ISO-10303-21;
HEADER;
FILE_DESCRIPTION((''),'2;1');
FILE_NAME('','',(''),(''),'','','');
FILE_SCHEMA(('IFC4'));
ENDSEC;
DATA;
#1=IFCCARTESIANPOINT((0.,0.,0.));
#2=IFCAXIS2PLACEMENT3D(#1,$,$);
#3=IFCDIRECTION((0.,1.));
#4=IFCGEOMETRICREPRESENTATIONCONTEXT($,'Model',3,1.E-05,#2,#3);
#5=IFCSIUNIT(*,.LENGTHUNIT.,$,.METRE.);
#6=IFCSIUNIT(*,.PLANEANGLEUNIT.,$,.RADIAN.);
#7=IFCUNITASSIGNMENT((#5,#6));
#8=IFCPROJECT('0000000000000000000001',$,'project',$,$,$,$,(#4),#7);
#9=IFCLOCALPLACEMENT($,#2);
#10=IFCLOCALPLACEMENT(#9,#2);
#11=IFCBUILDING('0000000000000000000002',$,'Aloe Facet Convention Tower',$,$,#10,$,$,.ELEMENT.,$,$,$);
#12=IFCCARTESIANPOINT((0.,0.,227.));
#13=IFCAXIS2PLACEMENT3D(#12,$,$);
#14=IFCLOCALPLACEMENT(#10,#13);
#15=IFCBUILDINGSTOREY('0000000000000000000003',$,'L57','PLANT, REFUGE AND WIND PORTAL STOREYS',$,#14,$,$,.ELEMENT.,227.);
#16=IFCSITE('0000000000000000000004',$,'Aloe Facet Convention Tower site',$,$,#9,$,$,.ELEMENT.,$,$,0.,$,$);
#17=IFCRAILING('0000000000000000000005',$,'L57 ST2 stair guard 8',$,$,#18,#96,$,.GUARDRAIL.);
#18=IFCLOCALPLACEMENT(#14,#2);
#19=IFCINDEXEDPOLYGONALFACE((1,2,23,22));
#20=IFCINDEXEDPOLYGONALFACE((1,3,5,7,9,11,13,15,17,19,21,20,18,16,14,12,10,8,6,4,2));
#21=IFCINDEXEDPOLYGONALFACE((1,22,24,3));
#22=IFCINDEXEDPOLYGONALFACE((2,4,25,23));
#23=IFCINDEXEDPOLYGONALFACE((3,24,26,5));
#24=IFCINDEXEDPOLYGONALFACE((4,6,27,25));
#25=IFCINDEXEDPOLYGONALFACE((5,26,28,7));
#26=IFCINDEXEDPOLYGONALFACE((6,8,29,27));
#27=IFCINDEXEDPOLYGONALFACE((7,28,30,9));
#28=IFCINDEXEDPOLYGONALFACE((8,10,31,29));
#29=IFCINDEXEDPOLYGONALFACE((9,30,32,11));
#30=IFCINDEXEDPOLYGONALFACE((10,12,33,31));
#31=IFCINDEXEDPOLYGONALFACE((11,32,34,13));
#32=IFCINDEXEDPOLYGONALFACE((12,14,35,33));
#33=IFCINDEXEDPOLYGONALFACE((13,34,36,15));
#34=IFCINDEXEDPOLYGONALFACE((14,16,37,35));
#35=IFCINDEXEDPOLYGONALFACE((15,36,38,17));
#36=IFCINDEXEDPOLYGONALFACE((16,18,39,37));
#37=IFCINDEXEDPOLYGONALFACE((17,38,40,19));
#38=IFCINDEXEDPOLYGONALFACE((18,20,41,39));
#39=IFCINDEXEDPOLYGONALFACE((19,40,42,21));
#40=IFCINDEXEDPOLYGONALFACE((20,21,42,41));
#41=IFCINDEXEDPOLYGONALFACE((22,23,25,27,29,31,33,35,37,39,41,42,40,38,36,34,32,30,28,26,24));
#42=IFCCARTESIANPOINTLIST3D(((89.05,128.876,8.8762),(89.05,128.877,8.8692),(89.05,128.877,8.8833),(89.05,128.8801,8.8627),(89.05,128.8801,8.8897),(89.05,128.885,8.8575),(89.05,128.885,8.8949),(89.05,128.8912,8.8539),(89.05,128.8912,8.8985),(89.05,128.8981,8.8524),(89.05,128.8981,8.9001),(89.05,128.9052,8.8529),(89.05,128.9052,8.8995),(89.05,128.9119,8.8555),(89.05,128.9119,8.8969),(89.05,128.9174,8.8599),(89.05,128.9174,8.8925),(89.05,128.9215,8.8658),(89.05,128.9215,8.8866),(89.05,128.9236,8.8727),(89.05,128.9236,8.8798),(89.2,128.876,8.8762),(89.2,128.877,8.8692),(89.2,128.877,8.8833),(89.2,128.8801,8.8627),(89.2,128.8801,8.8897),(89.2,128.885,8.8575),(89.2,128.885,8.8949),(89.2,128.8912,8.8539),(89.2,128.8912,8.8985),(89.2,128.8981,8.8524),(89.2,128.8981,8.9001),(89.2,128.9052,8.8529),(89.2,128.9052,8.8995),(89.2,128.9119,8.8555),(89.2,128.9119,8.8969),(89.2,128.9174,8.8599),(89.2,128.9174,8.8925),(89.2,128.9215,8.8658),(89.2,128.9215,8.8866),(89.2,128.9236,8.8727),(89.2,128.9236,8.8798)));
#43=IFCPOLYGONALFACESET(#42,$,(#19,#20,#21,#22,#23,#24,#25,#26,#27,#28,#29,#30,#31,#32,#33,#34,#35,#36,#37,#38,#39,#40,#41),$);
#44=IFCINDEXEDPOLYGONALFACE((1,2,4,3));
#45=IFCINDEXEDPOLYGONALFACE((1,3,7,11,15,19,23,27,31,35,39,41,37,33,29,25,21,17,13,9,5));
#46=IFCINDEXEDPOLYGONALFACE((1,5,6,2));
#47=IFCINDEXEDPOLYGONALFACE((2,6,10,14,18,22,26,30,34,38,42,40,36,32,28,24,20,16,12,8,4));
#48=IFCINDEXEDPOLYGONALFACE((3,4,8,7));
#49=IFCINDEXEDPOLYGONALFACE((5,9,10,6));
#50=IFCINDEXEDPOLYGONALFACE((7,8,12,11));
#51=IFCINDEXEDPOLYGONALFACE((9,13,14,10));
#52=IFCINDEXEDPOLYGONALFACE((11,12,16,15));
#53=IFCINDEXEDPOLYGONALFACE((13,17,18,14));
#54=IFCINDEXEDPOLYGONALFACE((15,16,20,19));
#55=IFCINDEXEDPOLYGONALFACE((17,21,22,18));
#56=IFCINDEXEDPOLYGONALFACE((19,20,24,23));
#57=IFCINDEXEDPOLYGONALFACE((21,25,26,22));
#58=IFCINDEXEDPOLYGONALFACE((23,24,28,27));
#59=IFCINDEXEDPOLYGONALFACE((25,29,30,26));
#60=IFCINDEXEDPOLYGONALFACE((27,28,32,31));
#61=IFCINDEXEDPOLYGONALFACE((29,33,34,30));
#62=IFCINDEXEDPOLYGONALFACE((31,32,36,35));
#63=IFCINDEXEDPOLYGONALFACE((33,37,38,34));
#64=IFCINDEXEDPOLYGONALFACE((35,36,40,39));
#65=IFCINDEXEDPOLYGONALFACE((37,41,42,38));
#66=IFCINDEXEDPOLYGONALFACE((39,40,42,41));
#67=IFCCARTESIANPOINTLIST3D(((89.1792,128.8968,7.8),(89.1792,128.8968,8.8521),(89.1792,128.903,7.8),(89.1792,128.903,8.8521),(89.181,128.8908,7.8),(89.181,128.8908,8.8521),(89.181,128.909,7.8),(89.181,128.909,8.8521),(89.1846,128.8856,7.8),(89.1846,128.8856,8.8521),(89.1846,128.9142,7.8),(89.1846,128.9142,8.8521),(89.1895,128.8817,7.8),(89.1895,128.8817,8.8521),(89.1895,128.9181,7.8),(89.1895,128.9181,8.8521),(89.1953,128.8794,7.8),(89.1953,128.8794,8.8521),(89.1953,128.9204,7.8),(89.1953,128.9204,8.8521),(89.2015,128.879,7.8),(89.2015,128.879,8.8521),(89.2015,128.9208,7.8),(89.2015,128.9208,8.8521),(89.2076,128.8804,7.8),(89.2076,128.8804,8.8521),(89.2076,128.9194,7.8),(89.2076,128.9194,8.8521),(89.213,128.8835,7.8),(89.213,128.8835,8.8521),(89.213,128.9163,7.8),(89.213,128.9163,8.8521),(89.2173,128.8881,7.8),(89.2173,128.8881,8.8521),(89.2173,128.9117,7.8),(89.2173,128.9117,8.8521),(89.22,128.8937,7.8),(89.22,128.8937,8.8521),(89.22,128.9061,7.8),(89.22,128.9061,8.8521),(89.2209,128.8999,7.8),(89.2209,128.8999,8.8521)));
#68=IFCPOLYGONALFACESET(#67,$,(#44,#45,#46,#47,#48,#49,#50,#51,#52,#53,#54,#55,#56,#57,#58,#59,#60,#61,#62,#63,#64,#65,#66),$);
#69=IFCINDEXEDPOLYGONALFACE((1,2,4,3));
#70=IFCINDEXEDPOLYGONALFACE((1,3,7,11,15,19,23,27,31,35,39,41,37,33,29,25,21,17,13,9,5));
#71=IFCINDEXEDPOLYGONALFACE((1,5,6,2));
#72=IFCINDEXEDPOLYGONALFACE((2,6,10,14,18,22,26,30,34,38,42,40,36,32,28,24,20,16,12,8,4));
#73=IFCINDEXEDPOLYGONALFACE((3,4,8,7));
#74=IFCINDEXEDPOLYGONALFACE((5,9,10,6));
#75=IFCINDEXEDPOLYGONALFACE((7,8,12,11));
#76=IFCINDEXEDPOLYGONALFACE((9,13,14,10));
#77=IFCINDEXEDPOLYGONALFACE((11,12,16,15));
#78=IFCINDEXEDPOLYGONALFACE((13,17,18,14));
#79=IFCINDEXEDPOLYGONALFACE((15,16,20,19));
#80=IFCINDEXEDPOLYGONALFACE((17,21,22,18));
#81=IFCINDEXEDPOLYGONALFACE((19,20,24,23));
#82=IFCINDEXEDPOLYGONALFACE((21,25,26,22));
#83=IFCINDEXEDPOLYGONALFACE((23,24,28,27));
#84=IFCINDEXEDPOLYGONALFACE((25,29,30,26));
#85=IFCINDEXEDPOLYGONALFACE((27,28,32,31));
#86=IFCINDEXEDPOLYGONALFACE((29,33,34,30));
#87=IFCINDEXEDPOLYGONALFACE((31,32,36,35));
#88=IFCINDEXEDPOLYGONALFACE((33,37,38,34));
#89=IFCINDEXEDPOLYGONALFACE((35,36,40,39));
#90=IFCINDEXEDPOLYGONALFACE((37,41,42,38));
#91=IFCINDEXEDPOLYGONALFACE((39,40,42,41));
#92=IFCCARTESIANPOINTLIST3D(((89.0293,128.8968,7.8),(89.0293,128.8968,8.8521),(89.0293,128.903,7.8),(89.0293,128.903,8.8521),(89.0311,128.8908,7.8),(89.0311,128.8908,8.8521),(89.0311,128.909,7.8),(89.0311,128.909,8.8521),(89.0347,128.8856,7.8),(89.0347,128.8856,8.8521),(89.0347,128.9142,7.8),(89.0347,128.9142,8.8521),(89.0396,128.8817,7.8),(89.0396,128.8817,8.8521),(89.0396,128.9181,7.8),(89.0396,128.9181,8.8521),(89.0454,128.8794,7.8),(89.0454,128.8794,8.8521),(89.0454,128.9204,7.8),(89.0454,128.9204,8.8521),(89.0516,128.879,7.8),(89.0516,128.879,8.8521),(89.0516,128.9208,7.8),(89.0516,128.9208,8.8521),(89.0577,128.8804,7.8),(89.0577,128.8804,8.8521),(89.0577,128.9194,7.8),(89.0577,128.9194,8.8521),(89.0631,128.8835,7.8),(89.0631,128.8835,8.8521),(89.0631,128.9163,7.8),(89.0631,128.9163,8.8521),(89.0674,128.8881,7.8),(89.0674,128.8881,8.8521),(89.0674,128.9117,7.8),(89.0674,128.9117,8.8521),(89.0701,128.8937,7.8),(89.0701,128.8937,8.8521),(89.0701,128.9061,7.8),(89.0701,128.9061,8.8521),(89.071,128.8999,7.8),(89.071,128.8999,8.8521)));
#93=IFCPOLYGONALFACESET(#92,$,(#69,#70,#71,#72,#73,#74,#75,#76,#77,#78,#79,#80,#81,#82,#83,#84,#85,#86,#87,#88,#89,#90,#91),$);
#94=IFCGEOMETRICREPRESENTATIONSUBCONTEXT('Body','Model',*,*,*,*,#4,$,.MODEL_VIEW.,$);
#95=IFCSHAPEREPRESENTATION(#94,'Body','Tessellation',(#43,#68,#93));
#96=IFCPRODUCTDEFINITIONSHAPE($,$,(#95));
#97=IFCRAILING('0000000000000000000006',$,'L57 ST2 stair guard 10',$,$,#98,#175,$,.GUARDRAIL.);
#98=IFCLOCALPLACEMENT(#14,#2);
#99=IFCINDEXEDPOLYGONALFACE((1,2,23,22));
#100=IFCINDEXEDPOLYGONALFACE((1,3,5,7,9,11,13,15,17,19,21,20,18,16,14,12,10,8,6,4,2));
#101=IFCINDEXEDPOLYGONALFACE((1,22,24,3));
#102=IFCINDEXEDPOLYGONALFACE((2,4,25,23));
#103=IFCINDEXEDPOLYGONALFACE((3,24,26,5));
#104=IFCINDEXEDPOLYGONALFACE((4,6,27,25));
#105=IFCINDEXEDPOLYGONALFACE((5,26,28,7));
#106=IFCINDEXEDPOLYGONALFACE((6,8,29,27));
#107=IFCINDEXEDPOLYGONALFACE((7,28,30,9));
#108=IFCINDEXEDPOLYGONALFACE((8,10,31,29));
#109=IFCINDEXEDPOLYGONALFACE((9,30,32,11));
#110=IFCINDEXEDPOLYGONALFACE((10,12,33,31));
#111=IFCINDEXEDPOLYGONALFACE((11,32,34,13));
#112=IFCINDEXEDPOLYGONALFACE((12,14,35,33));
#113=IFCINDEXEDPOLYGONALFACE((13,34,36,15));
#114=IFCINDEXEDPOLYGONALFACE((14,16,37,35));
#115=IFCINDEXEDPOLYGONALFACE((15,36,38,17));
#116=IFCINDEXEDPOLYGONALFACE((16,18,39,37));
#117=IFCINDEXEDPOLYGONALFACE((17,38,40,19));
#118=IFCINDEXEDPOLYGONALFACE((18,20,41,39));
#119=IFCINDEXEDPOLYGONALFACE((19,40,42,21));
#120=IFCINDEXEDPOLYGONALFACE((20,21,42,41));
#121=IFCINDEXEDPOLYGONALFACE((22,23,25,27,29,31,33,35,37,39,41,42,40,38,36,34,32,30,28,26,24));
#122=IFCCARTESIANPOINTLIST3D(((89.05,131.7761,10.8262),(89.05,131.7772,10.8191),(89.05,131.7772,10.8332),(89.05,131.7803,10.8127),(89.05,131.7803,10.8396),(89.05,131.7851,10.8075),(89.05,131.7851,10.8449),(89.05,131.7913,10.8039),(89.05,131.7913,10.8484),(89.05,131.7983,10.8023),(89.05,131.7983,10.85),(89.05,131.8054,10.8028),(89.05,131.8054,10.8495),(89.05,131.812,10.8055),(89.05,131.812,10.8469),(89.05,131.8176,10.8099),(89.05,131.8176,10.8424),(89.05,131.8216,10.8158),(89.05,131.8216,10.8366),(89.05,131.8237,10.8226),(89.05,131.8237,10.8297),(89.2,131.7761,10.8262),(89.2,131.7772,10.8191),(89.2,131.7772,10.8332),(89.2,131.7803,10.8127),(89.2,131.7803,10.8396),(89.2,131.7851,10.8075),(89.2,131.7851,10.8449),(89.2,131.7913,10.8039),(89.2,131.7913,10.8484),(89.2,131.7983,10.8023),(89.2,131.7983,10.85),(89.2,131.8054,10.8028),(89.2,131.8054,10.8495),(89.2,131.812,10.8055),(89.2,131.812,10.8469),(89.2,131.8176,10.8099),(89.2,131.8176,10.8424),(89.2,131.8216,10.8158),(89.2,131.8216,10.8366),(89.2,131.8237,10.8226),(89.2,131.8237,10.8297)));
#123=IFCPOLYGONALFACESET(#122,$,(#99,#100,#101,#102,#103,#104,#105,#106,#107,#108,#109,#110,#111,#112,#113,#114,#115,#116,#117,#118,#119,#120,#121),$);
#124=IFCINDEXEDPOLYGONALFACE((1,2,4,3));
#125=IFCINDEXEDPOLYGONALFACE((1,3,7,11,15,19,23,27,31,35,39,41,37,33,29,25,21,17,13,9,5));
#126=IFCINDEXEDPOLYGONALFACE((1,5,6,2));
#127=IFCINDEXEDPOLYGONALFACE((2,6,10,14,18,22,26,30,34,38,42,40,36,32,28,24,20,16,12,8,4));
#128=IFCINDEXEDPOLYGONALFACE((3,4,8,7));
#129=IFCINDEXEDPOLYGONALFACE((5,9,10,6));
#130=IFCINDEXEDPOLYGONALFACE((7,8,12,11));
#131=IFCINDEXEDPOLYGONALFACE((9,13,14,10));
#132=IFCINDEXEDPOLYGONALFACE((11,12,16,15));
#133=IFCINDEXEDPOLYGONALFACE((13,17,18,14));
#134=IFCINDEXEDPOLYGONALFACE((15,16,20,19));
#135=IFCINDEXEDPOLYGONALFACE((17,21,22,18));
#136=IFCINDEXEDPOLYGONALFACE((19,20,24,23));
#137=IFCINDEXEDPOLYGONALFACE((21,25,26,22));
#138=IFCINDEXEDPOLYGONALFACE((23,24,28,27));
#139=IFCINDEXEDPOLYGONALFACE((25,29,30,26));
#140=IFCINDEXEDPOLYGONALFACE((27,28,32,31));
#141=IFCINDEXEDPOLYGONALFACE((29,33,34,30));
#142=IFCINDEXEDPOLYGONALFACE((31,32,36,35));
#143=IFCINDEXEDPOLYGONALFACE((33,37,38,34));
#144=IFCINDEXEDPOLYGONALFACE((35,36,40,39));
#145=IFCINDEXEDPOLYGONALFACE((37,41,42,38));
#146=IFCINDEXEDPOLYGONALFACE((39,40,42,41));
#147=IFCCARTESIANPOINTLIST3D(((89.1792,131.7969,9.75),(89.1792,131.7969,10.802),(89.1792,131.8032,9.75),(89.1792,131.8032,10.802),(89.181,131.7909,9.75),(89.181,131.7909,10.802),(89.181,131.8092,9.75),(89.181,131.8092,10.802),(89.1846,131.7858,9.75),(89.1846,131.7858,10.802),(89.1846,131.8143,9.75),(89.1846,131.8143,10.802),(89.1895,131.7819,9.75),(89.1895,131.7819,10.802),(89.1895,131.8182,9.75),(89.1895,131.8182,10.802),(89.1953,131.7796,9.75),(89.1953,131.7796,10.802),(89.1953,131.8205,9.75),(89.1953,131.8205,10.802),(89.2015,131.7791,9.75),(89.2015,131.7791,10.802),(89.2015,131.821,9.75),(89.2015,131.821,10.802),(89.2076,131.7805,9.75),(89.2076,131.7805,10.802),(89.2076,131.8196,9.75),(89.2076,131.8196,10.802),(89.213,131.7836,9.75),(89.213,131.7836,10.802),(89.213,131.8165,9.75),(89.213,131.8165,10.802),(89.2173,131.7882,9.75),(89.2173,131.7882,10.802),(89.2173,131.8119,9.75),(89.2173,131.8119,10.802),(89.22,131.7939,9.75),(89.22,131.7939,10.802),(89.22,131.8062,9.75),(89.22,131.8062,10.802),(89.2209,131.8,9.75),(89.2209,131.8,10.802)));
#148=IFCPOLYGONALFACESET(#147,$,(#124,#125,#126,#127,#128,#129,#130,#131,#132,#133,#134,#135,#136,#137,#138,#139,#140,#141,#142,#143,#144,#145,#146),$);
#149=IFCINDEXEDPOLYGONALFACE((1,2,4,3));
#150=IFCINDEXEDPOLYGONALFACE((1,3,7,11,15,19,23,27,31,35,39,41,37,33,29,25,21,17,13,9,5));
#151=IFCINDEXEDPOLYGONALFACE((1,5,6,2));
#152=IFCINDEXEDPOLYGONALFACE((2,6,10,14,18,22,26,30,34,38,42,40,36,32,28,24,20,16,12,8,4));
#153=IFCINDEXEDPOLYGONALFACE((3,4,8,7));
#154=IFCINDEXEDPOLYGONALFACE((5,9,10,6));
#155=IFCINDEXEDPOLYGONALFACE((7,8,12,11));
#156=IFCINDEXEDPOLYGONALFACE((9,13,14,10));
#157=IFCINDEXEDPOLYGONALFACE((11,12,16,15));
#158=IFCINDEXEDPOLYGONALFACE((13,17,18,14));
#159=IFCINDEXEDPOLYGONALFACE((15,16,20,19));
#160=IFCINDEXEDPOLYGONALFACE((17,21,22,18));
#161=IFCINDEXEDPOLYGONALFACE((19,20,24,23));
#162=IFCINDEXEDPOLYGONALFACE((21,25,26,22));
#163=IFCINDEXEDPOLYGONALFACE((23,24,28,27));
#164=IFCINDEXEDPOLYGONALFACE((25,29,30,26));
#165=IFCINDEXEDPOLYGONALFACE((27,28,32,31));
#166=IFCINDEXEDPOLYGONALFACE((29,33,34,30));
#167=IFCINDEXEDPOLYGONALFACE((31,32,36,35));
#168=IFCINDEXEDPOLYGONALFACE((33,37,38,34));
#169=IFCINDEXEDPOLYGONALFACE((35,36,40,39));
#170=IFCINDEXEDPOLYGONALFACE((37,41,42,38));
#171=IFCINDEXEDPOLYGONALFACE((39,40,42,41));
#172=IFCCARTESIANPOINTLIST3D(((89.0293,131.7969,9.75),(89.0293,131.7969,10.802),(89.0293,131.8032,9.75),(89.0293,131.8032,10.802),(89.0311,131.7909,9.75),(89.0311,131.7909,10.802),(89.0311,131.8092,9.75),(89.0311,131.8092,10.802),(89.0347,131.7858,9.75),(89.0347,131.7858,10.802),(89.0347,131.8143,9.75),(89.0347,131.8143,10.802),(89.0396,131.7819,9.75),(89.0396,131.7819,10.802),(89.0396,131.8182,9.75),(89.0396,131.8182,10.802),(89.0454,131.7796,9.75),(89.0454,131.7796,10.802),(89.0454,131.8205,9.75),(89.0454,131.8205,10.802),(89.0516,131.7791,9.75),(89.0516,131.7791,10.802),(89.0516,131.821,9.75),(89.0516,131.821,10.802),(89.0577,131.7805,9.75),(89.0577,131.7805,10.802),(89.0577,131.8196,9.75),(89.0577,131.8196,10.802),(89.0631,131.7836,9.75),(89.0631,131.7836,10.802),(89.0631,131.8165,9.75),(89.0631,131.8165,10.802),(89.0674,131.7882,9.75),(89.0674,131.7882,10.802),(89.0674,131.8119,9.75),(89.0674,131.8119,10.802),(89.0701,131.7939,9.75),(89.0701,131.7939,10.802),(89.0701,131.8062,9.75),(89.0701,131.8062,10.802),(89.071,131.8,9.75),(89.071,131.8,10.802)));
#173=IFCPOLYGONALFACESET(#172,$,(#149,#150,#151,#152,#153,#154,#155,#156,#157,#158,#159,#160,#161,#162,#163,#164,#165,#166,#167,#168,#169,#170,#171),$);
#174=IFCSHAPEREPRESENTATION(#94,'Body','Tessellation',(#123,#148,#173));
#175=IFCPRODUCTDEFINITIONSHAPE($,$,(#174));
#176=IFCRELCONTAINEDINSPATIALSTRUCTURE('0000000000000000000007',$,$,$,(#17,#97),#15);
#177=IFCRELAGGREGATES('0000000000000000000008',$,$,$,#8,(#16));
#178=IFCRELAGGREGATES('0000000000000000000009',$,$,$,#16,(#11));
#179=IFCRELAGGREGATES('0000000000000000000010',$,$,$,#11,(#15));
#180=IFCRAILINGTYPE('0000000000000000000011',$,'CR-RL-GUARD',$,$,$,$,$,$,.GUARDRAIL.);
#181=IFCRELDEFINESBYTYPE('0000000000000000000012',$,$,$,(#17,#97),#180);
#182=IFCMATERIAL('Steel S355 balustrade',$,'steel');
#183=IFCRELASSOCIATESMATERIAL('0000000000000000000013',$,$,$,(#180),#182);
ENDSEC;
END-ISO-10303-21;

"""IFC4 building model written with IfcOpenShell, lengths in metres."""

from ifc_helpers import new_model, si_unit, direction, frame, origin, origin_2d, place, context, subcontext, project, spatial, circle, extrude, material, type_object, element, save


model = new_model("IFC4")

# Units and contexts
model_context = context("Model", 3, precision=1e-05, world=origin(), true_north=direction((0.0, 1.0)))
body_context = subcontext(model_context, "Body", "Model", "MODEL_VIEW")
ifc_project = project(units=[si_unit("LENGTHUNIT", "METRE"), si_unit("PLANEANGLEUNIT", "RADIAN")], contexts=[model_context])

# Site, building, storey
site_placement = place(None, origin())
site = spatial("IfcSite", under=ifc_project, at=site_placement, Name="Aloe Facet Convention Tower site", CompositionType="ELEMENT", RefElevation=0.0)
building_placement = place(site_placement, origin())
building = spatial("IfcBuilding", under=site, at=building_placement, Name="Aloe Facet Convention Tower", CompositionType="ELEMENT")
storey_placement = place(building_placement, frame((0.0, 0.0, 227.0)))
storey = spatial("IfcBuildingStorey", under=building, at=storey_placement, Name="L57", Description="PLANT, REFUGE AND WIND PORTAL STOREYS", CompositionType="ELEMENT", Elevation=227.0)

# Railings
ifc_material_1 = material(Name="Steel S355 balustrade", Category="steel")
railing_type_1 = type_object("IfcRailingType", Name="CR-RL-GUARD", PredefinedType="GUARDRAIL", material=ifc_material_1)
for number, where, name in (
    (1, (89.2, 128.8999, 7.8), "L57 ST2 stair guard 8"),
    (2, (89.2, 131.8, 9.75), "L57 ST2 stair guard 10"),
):
    element("IfcRailing", number, at=place(storey_placement, frame(where)), inside=storey, type_object=railing_type_1, Name=name, PredefinedType="GUARDRAIL", context=body_context, shape_type="SweptSolid", body=[
        extrude(circle(Radius=0.0239, at=origin_2d()), frame((0.0, 0.0, 1.0762), z_axis=(-1.0, 0.0, 0.0), x_axis=(0.0, -1.0, 0.0)), (0.0, 0.0, 1.0), 0.1499),
        extrude(circle(Radius=0.021, at=origin_2d()), origin(), (0.0, 0.0, 1.0), 1.052),
        extrude(circle(Radius=0.021, at=origin_2d()), frame((-0.1499, 0.0, 0.0)), (0.0, 0.0, 1.0), 1.052),
    ])

save(model, "model.ifc")
